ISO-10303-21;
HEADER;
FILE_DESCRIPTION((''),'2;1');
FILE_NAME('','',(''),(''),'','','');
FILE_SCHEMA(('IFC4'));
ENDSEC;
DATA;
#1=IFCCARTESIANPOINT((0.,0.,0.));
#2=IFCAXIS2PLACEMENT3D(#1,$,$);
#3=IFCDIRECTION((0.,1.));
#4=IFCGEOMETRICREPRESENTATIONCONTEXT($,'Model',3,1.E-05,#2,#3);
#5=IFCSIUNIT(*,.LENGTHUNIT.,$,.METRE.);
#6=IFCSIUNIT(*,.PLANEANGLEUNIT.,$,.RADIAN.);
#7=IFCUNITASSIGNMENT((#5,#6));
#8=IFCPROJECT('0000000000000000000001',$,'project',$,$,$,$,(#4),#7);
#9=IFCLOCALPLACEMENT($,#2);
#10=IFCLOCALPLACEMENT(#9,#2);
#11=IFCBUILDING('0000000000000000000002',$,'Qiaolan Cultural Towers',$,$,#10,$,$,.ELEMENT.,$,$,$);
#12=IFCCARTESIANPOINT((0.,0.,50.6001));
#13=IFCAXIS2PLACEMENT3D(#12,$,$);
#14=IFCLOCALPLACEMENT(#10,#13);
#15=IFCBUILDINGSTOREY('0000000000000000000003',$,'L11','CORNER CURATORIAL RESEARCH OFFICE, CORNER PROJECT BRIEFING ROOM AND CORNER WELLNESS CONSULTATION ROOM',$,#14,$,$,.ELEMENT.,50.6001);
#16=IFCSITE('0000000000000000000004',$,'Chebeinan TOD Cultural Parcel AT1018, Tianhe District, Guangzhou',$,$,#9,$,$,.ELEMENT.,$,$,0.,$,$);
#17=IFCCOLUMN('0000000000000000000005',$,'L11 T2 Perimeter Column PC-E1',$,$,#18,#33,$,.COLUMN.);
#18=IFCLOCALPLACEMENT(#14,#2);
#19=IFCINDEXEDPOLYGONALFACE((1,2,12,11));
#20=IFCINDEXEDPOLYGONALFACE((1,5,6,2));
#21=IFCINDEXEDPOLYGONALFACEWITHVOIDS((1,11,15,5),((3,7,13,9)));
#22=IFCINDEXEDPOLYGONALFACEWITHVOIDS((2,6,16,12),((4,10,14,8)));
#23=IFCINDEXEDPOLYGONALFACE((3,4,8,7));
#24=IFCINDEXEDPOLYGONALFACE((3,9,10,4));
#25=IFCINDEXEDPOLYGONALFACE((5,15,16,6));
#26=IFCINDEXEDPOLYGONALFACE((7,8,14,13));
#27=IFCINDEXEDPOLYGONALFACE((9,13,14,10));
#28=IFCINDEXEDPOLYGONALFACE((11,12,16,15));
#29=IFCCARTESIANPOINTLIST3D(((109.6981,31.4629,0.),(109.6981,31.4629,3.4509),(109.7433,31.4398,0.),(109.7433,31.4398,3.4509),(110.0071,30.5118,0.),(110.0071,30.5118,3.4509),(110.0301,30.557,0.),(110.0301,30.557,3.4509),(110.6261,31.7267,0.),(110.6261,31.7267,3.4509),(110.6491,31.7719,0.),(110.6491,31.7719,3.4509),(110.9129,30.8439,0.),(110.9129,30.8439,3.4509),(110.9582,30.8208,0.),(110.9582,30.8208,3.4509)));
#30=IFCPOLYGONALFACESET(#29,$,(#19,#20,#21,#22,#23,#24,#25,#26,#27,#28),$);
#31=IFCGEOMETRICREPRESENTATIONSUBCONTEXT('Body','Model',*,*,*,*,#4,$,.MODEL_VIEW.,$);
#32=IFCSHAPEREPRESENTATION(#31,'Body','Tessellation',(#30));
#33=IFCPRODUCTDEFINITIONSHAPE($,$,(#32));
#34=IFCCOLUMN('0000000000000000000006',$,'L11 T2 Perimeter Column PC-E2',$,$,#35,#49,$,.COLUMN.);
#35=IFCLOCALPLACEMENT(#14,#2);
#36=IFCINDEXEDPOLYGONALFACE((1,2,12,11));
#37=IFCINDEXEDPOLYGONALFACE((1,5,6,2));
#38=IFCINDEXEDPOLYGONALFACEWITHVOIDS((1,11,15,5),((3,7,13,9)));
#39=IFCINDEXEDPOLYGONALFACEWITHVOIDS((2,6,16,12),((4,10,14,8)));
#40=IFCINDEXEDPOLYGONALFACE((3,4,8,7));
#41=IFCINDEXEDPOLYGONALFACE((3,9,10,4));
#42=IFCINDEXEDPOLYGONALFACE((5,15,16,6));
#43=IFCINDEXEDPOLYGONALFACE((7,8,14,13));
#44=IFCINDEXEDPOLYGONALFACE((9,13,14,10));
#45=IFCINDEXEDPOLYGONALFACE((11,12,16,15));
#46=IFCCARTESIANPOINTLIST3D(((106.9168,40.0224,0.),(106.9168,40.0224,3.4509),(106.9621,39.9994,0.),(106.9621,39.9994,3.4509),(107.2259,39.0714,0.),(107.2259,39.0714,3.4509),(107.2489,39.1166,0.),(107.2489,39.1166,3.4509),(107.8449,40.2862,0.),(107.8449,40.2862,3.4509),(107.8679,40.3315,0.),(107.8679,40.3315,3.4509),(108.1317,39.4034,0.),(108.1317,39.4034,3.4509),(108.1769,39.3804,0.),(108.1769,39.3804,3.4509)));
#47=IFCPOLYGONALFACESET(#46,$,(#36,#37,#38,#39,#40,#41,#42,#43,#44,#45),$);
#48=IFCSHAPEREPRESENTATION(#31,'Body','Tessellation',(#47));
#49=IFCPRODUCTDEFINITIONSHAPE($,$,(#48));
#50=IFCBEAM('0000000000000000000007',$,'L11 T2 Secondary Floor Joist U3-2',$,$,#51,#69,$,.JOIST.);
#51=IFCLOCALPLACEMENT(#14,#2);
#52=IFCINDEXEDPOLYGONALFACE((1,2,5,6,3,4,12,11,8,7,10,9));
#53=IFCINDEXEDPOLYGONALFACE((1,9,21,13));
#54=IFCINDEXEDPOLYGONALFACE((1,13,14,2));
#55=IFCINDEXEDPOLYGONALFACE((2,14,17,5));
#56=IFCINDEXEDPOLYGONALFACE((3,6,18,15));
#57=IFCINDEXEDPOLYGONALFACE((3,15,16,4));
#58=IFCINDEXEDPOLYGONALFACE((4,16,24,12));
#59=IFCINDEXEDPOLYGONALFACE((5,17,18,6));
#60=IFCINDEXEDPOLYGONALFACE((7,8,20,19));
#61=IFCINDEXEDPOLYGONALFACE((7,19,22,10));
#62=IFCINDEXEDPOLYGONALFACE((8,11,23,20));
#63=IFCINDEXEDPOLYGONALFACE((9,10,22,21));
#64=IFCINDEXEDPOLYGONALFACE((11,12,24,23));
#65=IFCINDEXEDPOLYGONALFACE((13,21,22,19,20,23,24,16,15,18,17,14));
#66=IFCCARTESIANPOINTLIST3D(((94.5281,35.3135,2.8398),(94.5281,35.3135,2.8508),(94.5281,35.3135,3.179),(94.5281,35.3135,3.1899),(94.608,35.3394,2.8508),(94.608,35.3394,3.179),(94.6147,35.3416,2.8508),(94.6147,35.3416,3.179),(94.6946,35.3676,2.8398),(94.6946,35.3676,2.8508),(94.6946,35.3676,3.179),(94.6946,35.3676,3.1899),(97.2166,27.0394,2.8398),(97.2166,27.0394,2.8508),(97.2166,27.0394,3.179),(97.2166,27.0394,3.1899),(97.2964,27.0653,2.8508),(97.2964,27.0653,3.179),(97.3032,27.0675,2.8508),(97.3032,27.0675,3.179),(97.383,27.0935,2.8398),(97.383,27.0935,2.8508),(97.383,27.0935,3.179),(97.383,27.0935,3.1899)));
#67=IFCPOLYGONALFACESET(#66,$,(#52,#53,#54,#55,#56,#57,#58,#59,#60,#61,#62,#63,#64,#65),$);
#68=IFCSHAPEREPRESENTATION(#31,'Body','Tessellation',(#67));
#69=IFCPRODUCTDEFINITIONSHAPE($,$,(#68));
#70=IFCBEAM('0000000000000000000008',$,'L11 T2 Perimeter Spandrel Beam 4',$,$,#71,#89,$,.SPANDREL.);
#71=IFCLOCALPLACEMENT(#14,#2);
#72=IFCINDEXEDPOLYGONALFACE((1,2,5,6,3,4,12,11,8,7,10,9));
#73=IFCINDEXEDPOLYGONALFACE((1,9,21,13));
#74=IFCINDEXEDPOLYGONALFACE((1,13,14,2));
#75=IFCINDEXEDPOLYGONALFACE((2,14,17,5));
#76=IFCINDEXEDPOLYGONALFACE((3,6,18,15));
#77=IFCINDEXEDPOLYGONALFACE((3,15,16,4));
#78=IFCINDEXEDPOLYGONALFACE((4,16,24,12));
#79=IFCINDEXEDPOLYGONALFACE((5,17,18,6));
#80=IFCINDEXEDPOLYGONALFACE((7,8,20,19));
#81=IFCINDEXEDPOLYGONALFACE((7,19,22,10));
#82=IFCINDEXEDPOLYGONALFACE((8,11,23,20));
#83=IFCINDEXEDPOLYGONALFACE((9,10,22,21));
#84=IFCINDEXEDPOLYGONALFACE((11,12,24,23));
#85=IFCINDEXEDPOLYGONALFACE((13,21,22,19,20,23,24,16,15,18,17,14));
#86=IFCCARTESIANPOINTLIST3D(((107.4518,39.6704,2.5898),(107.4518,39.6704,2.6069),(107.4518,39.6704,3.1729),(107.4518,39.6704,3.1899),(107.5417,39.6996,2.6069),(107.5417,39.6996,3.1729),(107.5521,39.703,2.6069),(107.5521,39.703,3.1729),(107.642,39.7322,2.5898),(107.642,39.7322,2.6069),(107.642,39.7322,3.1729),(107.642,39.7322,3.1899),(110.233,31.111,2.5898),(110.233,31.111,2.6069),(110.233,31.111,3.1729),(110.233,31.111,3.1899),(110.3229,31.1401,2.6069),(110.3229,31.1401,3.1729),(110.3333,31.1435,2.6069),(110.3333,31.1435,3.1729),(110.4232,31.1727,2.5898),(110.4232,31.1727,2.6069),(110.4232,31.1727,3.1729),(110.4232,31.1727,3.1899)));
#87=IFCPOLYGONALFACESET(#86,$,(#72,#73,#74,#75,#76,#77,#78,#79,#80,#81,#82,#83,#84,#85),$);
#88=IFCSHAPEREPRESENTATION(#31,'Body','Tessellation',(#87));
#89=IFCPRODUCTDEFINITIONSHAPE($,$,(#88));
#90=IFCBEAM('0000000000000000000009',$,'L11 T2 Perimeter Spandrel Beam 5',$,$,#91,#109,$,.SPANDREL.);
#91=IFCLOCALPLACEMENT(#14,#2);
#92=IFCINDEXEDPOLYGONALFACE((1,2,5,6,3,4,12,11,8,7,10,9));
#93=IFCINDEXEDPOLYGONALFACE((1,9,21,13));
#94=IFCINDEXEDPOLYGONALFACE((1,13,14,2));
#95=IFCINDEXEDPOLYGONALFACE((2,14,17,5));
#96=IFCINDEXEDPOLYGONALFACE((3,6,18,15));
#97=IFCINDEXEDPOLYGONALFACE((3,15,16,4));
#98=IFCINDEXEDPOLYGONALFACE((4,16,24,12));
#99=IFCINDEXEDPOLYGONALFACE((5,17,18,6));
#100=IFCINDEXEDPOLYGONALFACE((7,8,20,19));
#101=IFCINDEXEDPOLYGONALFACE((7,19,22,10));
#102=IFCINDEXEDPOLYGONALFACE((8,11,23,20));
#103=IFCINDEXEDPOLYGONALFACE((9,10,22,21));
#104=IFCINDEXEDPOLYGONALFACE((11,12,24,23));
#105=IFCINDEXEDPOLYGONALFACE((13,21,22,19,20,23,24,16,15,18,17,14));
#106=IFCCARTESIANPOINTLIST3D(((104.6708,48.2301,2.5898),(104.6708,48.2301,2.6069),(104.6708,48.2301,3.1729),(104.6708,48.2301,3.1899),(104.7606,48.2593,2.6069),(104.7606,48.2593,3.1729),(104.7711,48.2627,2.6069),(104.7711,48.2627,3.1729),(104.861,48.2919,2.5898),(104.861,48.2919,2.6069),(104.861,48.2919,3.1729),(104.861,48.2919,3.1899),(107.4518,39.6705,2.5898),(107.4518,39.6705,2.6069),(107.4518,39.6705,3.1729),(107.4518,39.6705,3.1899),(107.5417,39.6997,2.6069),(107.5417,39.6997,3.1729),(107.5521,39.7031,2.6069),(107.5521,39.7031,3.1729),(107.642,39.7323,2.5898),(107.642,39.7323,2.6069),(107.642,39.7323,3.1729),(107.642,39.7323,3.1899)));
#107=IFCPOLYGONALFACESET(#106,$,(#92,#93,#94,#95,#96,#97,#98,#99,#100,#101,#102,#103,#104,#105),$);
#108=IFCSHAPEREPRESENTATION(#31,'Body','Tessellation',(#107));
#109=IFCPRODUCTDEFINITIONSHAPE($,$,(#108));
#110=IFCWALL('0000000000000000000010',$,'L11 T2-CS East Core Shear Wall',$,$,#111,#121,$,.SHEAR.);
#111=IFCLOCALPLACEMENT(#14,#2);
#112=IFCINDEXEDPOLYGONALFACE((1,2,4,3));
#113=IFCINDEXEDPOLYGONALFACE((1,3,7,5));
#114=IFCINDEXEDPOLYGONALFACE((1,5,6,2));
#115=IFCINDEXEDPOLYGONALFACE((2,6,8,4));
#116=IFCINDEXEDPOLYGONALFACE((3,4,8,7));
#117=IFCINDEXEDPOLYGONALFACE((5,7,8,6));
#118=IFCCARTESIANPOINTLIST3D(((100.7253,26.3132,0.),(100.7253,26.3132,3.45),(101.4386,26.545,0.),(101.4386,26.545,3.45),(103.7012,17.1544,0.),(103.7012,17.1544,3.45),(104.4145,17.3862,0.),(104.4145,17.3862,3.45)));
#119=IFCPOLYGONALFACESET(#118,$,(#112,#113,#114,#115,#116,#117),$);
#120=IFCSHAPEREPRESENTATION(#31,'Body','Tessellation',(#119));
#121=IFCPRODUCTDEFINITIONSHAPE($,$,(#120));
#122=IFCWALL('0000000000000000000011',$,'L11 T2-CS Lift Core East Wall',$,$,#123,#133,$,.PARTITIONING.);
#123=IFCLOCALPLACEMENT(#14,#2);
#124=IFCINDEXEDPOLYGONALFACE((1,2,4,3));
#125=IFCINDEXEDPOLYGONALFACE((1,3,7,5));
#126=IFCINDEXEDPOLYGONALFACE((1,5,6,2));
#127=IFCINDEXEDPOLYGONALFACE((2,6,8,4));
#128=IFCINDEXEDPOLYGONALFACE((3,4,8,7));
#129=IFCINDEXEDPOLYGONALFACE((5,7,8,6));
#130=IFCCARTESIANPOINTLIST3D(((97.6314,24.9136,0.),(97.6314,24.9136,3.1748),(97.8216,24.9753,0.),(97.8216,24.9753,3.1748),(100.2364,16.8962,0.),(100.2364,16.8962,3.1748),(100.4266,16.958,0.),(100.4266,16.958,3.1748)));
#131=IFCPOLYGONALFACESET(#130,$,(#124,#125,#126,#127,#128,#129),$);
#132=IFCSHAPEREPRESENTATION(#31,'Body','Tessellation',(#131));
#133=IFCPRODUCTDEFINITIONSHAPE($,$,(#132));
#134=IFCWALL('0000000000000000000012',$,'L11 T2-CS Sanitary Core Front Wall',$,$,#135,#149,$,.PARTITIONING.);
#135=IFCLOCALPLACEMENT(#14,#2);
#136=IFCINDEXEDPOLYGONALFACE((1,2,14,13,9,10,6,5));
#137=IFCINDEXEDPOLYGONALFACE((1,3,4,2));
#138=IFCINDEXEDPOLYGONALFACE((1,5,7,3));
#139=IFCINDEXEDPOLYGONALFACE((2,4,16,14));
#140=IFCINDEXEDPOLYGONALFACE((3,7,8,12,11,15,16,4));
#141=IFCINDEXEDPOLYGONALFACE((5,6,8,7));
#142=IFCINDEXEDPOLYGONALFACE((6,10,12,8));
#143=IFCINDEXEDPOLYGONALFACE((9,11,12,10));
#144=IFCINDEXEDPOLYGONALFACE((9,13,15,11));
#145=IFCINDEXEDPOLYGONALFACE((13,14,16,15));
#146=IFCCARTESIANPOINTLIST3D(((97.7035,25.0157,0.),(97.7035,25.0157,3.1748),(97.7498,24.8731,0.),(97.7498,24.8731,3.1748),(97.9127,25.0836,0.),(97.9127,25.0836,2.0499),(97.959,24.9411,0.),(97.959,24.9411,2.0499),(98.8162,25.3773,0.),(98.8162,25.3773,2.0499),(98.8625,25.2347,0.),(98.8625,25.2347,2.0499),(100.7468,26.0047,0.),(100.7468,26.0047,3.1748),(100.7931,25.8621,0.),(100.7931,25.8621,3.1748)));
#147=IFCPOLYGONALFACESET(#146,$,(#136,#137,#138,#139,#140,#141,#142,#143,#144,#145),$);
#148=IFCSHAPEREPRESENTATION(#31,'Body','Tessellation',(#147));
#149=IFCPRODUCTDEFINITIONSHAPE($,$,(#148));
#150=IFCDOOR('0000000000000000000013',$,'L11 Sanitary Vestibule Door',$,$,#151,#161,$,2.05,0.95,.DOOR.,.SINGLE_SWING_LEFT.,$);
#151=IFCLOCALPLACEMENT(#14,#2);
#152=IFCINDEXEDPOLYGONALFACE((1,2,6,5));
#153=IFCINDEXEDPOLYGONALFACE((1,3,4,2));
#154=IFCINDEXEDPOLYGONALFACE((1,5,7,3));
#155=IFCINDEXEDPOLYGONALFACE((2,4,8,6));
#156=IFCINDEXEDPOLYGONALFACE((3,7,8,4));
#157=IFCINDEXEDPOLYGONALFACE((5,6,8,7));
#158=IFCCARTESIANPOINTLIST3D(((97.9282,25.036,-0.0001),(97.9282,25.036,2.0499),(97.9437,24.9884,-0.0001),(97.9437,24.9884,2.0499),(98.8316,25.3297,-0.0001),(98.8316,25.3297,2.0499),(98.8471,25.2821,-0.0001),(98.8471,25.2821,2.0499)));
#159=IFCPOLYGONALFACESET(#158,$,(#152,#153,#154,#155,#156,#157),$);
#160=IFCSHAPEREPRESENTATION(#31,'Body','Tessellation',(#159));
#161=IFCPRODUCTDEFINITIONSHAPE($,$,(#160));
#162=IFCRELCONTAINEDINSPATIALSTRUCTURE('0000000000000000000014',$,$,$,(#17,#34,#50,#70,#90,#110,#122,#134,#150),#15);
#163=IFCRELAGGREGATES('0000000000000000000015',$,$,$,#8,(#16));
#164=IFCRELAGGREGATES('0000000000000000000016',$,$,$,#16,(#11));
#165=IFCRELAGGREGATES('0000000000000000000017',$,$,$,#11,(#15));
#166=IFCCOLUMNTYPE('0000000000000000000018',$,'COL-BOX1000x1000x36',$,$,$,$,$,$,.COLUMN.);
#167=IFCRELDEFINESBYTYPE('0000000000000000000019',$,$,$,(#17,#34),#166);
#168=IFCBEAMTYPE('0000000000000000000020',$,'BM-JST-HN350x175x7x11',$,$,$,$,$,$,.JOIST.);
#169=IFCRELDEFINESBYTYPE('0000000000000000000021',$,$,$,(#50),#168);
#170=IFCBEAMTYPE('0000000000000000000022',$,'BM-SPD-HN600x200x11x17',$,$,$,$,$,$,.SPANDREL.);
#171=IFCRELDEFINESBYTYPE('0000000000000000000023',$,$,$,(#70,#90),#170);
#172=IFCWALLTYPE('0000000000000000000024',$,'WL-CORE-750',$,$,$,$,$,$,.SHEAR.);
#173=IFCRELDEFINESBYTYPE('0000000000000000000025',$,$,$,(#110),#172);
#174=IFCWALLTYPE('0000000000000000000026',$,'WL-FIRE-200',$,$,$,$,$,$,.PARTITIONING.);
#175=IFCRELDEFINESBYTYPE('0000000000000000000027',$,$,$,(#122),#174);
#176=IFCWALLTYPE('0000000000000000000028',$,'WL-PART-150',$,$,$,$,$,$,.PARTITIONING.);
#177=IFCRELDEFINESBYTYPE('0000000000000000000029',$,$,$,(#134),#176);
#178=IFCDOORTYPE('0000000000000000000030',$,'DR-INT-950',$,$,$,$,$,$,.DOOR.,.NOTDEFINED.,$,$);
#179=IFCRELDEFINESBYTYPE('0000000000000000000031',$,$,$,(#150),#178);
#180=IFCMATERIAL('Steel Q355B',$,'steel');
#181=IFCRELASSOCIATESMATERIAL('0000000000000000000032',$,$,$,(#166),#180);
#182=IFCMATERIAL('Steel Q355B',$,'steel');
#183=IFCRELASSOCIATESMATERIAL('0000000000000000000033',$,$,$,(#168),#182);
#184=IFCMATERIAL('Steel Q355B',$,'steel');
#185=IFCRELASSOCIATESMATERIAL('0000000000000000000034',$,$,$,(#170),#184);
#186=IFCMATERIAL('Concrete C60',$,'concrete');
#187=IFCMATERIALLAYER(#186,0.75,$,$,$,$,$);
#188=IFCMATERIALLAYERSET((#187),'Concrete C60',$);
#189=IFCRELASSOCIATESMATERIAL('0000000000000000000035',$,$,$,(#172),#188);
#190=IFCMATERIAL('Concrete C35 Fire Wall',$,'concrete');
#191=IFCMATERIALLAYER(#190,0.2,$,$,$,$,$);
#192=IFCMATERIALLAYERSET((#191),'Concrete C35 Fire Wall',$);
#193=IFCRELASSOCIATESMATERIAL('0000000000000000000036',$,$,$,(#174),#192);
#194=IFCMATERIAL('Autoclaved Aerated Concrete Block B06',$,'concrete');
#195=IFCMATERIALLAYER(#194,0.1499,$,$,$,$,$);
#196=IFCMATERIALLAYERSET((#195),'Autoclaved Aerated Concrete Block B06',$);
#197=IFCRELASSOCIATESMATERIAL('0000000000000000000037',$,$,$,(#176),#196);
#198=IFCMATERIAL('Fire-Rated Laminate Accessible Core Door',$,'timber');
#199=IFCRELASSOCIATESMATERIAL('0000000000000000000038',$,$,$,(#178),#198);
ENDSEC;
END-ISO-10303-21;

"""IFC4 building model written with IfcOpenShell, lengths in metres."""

from ifc_helpers import new_model, si_unit, direction, frame, frame_2d, origin, origin_2d, place, context, subcontext, project, spatial, rectangle, hollow_rectangle, i_section, extrude, material, layer, layer_set, material_profile, profile_set, type_object, element, fill, save


model = new_model("IFC4")

# Units and contexts
model_context = context("Model", 3, precision=1e-05, world=origin(), true_north=direction((0.0, 1.0)))
body_context = subcontext(model_context, "Body", "Model", "MODEL_VIEW")
ifc_project = project(units=[si_unit("LENGTHUNIT", "METRE"), si_unit("PLANEANGLEUNIT", "RADIAN")], contexts=[model_context])

# Site, building, storey
site_placement = place(None, origin())
site = spatial("IfcSite", under=ifc_project, at=site_placement, Name="Chebeinan TOD Cultural Parcel AT1018, Tianhe District, Guangzhou", CompositionType="ELEMENT", RefElevation=0.0)
building_placement = place(site_placement, origin())
building = spatial("IfcBuilding", under=site, at=building_placement, Name="Qiaolan Cultural Towers", CompositionType="ELEMENT")
storey_placement = place(building_placement, frame((0.0, 0.0, 50.6001)))
storey = spatial("IfcBuildingStorey", under=building, at=storey_placement, Name="L11", Description="CORNER CURATORIAL RESEARCH OFFICE, CORNER PROJECT BRIEFING ROOM AND CORNER WELLNESS CONSULTATION ROOM", CompositionType="ELEMENT", Elevation=50.6001)

# Columns
ifc_material_1 = material(Name="Steel Q355B", Category="steel")
ifc_material_profile_1 = material_profile(ifc_material_1, hollow_rectangle(XDim=1.0, YDim=1.0, WallThickness=0.0359, at=origin_2d()), Name="BOX1000x1000x36")
ifc_profile_set_1 = profile_set([ifc_material_profile_1], Name="Steel Q355B")
column_type = type_object("IfcColumnType", Name="COL-BOX1000x1000x36", PredefinedType="COLUMN", material=ifc_profile_set_1)
for number, where, z_axis, x_axis, name in (
    (1, (110.3281, 31.1418, 0.0), (0.0, 0.0, 1.0), (0.951057, 0.309017, 0.0), "L11 T2 Perimeter Column PC-E1"),
    (2, (107.5469, 39.7014, 0.0), (0.0, 0.0, 1.0), (0.951057, 0.309017, 0.0), "L11 T2 Perimeter Column PC-E2"),
):
    element("IfcColumn", number, at=place(storey_placement, frame(where, z_axis=z_axis, x_axis=x_axis)), inside=storey, type_object=column_type, Name=name, PredefinedType="COLUMN", context=body_context, shape_type="SweptSolid", body=[
        extrude(hollow_rectangle(XDim=1.0, YDim=1.0, WallThickness=0.0359, at=origin_2d()), origin(), (0.0, 0.0, 1.0), 3.4509),
    ])

# Beams
ifc_material_2 = material(Name="Steel Q355B", Category="steel")
ifc_material_profile_2 = material_profile(ifc_material_2, i_section(OverallWidth=0.175, OverallDepth=0.3501, WebThickness=0.0071, FlangeThickness=0.011, at=origin_2d()), Name="HN350x175x7x11")
ifc_profile_set_2 = profile_set([ifc_material_profile_2], Name="Steel Q355B")
beam_type_1 = type_object("IfcBeamType", Name="BM-JST-HN350x175x7x11", PredefinedType="JOIST", material=ifc_profile_set_2)
beam_placement = place(storey_placement, frame((97.2998, 27.0664, 3.0149), z_axis=(-0.309021, 0.951055, 0.0), x_axis=(-0.951055, -0.309021, 0.0)))
element("IfcBeam", 3, at=beam_placement, inside=storey, type_object=beam_type_1, Name="L11 T2 Secondary Floor Joist U3-2", PredefinedType="JOIST", context=body_context, shape_type="SweptSolid", body=[
    extrude(i_section(OverallWidth=0.175, OverallDepth=0.3501, WebThickness=0.0071, FlangeThickness=0.011, at=origin_2d()), origin(), (0.0, 0.0, 1.0), 8.7),
])
ifc_material_3 = material(Name="Steel Q355B", Category="steel")
ifc_material_profile_3 = material_profile(ifc_material_3, i_section(OverallWidth=0.2, OverallDepth=0.6001, WebThickness=0.011, FlangeThickness=0.0171, at=origin_2d()), Name="HN600x200x11x17")
ifc_profile_set_3 = profile_set([ifc_material_profile_3], Name="Steel Q355B")
beam_type_2 = type_object("IfcBeamType", Name="BM-SPD-HN600x200x11x17", PredefinedType="SPANDREL", material=ifc_profile_set_3)
for number, where, z_axis, x_axis, name in (
    (4, (110.3281, 31.1418, 2.8899), (-0.309025, 0.951054, 0.0), (-0.951054, -0.309025, 0.0), "L11 T2 Perimeter Spandrel Beam 4"),
    (5, (107.5469, 39.7014, 2.8899), (-0.309, 0.951062, 0.0), (-0.951062, -0.309, 0.0), "L11 T2 Perimeter Spandrel Beam 5"),
):
    element("IfcBeam", number, at=place(storey_placement, frame(where, z_axis=z_axis, x_axis=x_axis)), inside=storey, type_object=beam_type_2, Name=name, PredefinedType="SPANDREL", context=body_context, shape_type="SweptSolid", body=[
        extrude(i_section(OverallWidth=0.2, OverallDepth=0.6001, WebThickness=0.011, FlangeThickness=0.0171, at=origin_2d()), origin(), (0.0, 0.0, 1.0), 9.0),
    ])

# Walls
ifc_material_4 = material(Name="Concrete C60", Category="concrete")
ifc_layer_1 = layer(ifc_material_4, 0.75)
ifc_layer_set_1 = layer_set([ifc_layer_1], Name="Concrete C60")
wall_type_1 = type_object("IfcWallType", Name="WL-CORE-750", PredefinedType="SHEAR", material=ifc_layer_set_1)
wall_1_placement = place(storey_placement, frame((101.082, 26.429, 0.0), z_axis=(0.0, 0.0, 1.0), x_axis=(0.309016, -0.951057, 0.0)))
element("IfcWall", 6, at=wall_1_placement, inside=storey, type_object=wall_type_1, Name="L11 T2-CS East Core Shear Wall", PredefinedType="SHEAR", context=body_context, shape_type="SweptSolid", body=[
    extrude(rectangle(XDim=9.6301, YDim=0.75, at=frame_2d((4.8149, 0.0))), origin(), (0.0, 0.0, 1.0), 3.45),
])
ifc_material_5 = material(Name="Concrete C35 Fire Wall", Category="concrete")
ifc_layer_2 = layer(ifc_material_5, 0.2)
ifc_layer_set_2 = layer_set([ifc_layer_2], Name="Concrete C35 Fire Wall")
wall_type_2 = type_object("IfcWallType", Name="WL-FIRE-200", PredefinedType="PARTITIONING", material=ifc_layer_set_2)
wall_2_placement = place(storey_placement, frame((97.7266, 24.9443, 0.0), z_axis=(0.0, 0.0, 1.0), x_axis=(0.309016, -0.951057, 0.0)))
element("IfcWall", 7, at=wall_2_placement, inside=storey, type_object=wall_type_2, Name="L11 T2-CS Lift Core East Wall", PredefinedType="PARTITIONING", context=body_context, shape_type="SweptSolid", body=[
    extrude(rectangle(XDim=8.4299, YDim=0.2, at=frame_2d((4.2148, 0.0))), origin(), (0.0, 0.0, 1.0), 3.1748),
])

# Wall, opening, door
ifc_material_6 = material(Name="Autoclaved Aerated Concrete Block B06", Category="concrete")
ifc_layer_3 = layer(ifc_material_6, 0.1499)
ifc_layer_set_3 = layer_set([ifc_layer_3], Name="Autoclaved Aerated Concrete Block B06")
wall_type_3 = type_object("IfcWallType", Name="WL-PART-150", PredefinedType="PARTITIONING", material=ifc_layer_set_3)
wall_3_placement = place(storey_placement, frame((97.7266, 24.9443, 0.0), z_axis=(0.0, 0.0, 1.0), x_axis=(0.951037, 0.309077, 0.0)))
wall_3 = element("IfcWall", 8, at=wall_3_placement, inside=storey, type_object=wall_type_3, Name="L11 T2-CS Sanitary Core Front Wall", PredefinedType="PARTITIONING", context=body_context, shape_type="SweptSolid", body=[
    extrude(rectangle(XDim=3.2, YDim=0.1499, at=frame_2d((1.6001, 0.0))), origin(), (0.0, 0.0, 1.0), 3.1748),
])
opening_1_placement = place(wall_3_placement, frame((0.22, 0.0, 0.0)))
opening_1 = element("IfcOpeningElement", 9, at=opening_1_placement, cuts=wall_3, PredefinedType="OPENING", context=body_context, shape_type="SweptSolid", body=[
    extrude(rectangle(XDim=0.95, YDim=2.05, at=frame_2d((0.4751, 1.0249))), frame((0.0, 0.085, 0.0), z_axis=(0.0, -1.0, 0.0), x_axis=(1.0, 0.0, 0.0)), (0.0, 0.0, 1.0), 0.1699),
])
ifc_material_7 = material(Name="Fire-Rated Laminate Accessible Core Door", Category="timber")
door_type_1 = type_object("IfcDoorType", Name="DR-INT-950", OperationType="NOTDEFINED", PredefinedType="DOOR", material=ifc_material_7)
door_1_placement = place(opening_1_placement, origin())
door_1 = element("IfcDoor", 10, at=door_1_placement, inside=storey, type_object=door_type_1, Name="L11 Sanitary Vestibule Door", OperationType="SINGLE_SWING_LEFT", OverallHeight=2.05, OverallWidth=0.95, PredefinedType="DOOR", context=body_context, shape_type="SweptSolid", body=[
    extrude(rectangle(XDim=0.95, YDim=2.05, at=frame_2d((0.4751, 1.0249))), frame((0.0, 0.0249, 0.0), z_axis=(0.0, -1.0, 0.0), x_axis=(1.0, 0.0, 0.0)), (0.0, 0.0, 1.0), 0.05),
])
fill(opening_1, door_1)

save(model, "model.ifc")
